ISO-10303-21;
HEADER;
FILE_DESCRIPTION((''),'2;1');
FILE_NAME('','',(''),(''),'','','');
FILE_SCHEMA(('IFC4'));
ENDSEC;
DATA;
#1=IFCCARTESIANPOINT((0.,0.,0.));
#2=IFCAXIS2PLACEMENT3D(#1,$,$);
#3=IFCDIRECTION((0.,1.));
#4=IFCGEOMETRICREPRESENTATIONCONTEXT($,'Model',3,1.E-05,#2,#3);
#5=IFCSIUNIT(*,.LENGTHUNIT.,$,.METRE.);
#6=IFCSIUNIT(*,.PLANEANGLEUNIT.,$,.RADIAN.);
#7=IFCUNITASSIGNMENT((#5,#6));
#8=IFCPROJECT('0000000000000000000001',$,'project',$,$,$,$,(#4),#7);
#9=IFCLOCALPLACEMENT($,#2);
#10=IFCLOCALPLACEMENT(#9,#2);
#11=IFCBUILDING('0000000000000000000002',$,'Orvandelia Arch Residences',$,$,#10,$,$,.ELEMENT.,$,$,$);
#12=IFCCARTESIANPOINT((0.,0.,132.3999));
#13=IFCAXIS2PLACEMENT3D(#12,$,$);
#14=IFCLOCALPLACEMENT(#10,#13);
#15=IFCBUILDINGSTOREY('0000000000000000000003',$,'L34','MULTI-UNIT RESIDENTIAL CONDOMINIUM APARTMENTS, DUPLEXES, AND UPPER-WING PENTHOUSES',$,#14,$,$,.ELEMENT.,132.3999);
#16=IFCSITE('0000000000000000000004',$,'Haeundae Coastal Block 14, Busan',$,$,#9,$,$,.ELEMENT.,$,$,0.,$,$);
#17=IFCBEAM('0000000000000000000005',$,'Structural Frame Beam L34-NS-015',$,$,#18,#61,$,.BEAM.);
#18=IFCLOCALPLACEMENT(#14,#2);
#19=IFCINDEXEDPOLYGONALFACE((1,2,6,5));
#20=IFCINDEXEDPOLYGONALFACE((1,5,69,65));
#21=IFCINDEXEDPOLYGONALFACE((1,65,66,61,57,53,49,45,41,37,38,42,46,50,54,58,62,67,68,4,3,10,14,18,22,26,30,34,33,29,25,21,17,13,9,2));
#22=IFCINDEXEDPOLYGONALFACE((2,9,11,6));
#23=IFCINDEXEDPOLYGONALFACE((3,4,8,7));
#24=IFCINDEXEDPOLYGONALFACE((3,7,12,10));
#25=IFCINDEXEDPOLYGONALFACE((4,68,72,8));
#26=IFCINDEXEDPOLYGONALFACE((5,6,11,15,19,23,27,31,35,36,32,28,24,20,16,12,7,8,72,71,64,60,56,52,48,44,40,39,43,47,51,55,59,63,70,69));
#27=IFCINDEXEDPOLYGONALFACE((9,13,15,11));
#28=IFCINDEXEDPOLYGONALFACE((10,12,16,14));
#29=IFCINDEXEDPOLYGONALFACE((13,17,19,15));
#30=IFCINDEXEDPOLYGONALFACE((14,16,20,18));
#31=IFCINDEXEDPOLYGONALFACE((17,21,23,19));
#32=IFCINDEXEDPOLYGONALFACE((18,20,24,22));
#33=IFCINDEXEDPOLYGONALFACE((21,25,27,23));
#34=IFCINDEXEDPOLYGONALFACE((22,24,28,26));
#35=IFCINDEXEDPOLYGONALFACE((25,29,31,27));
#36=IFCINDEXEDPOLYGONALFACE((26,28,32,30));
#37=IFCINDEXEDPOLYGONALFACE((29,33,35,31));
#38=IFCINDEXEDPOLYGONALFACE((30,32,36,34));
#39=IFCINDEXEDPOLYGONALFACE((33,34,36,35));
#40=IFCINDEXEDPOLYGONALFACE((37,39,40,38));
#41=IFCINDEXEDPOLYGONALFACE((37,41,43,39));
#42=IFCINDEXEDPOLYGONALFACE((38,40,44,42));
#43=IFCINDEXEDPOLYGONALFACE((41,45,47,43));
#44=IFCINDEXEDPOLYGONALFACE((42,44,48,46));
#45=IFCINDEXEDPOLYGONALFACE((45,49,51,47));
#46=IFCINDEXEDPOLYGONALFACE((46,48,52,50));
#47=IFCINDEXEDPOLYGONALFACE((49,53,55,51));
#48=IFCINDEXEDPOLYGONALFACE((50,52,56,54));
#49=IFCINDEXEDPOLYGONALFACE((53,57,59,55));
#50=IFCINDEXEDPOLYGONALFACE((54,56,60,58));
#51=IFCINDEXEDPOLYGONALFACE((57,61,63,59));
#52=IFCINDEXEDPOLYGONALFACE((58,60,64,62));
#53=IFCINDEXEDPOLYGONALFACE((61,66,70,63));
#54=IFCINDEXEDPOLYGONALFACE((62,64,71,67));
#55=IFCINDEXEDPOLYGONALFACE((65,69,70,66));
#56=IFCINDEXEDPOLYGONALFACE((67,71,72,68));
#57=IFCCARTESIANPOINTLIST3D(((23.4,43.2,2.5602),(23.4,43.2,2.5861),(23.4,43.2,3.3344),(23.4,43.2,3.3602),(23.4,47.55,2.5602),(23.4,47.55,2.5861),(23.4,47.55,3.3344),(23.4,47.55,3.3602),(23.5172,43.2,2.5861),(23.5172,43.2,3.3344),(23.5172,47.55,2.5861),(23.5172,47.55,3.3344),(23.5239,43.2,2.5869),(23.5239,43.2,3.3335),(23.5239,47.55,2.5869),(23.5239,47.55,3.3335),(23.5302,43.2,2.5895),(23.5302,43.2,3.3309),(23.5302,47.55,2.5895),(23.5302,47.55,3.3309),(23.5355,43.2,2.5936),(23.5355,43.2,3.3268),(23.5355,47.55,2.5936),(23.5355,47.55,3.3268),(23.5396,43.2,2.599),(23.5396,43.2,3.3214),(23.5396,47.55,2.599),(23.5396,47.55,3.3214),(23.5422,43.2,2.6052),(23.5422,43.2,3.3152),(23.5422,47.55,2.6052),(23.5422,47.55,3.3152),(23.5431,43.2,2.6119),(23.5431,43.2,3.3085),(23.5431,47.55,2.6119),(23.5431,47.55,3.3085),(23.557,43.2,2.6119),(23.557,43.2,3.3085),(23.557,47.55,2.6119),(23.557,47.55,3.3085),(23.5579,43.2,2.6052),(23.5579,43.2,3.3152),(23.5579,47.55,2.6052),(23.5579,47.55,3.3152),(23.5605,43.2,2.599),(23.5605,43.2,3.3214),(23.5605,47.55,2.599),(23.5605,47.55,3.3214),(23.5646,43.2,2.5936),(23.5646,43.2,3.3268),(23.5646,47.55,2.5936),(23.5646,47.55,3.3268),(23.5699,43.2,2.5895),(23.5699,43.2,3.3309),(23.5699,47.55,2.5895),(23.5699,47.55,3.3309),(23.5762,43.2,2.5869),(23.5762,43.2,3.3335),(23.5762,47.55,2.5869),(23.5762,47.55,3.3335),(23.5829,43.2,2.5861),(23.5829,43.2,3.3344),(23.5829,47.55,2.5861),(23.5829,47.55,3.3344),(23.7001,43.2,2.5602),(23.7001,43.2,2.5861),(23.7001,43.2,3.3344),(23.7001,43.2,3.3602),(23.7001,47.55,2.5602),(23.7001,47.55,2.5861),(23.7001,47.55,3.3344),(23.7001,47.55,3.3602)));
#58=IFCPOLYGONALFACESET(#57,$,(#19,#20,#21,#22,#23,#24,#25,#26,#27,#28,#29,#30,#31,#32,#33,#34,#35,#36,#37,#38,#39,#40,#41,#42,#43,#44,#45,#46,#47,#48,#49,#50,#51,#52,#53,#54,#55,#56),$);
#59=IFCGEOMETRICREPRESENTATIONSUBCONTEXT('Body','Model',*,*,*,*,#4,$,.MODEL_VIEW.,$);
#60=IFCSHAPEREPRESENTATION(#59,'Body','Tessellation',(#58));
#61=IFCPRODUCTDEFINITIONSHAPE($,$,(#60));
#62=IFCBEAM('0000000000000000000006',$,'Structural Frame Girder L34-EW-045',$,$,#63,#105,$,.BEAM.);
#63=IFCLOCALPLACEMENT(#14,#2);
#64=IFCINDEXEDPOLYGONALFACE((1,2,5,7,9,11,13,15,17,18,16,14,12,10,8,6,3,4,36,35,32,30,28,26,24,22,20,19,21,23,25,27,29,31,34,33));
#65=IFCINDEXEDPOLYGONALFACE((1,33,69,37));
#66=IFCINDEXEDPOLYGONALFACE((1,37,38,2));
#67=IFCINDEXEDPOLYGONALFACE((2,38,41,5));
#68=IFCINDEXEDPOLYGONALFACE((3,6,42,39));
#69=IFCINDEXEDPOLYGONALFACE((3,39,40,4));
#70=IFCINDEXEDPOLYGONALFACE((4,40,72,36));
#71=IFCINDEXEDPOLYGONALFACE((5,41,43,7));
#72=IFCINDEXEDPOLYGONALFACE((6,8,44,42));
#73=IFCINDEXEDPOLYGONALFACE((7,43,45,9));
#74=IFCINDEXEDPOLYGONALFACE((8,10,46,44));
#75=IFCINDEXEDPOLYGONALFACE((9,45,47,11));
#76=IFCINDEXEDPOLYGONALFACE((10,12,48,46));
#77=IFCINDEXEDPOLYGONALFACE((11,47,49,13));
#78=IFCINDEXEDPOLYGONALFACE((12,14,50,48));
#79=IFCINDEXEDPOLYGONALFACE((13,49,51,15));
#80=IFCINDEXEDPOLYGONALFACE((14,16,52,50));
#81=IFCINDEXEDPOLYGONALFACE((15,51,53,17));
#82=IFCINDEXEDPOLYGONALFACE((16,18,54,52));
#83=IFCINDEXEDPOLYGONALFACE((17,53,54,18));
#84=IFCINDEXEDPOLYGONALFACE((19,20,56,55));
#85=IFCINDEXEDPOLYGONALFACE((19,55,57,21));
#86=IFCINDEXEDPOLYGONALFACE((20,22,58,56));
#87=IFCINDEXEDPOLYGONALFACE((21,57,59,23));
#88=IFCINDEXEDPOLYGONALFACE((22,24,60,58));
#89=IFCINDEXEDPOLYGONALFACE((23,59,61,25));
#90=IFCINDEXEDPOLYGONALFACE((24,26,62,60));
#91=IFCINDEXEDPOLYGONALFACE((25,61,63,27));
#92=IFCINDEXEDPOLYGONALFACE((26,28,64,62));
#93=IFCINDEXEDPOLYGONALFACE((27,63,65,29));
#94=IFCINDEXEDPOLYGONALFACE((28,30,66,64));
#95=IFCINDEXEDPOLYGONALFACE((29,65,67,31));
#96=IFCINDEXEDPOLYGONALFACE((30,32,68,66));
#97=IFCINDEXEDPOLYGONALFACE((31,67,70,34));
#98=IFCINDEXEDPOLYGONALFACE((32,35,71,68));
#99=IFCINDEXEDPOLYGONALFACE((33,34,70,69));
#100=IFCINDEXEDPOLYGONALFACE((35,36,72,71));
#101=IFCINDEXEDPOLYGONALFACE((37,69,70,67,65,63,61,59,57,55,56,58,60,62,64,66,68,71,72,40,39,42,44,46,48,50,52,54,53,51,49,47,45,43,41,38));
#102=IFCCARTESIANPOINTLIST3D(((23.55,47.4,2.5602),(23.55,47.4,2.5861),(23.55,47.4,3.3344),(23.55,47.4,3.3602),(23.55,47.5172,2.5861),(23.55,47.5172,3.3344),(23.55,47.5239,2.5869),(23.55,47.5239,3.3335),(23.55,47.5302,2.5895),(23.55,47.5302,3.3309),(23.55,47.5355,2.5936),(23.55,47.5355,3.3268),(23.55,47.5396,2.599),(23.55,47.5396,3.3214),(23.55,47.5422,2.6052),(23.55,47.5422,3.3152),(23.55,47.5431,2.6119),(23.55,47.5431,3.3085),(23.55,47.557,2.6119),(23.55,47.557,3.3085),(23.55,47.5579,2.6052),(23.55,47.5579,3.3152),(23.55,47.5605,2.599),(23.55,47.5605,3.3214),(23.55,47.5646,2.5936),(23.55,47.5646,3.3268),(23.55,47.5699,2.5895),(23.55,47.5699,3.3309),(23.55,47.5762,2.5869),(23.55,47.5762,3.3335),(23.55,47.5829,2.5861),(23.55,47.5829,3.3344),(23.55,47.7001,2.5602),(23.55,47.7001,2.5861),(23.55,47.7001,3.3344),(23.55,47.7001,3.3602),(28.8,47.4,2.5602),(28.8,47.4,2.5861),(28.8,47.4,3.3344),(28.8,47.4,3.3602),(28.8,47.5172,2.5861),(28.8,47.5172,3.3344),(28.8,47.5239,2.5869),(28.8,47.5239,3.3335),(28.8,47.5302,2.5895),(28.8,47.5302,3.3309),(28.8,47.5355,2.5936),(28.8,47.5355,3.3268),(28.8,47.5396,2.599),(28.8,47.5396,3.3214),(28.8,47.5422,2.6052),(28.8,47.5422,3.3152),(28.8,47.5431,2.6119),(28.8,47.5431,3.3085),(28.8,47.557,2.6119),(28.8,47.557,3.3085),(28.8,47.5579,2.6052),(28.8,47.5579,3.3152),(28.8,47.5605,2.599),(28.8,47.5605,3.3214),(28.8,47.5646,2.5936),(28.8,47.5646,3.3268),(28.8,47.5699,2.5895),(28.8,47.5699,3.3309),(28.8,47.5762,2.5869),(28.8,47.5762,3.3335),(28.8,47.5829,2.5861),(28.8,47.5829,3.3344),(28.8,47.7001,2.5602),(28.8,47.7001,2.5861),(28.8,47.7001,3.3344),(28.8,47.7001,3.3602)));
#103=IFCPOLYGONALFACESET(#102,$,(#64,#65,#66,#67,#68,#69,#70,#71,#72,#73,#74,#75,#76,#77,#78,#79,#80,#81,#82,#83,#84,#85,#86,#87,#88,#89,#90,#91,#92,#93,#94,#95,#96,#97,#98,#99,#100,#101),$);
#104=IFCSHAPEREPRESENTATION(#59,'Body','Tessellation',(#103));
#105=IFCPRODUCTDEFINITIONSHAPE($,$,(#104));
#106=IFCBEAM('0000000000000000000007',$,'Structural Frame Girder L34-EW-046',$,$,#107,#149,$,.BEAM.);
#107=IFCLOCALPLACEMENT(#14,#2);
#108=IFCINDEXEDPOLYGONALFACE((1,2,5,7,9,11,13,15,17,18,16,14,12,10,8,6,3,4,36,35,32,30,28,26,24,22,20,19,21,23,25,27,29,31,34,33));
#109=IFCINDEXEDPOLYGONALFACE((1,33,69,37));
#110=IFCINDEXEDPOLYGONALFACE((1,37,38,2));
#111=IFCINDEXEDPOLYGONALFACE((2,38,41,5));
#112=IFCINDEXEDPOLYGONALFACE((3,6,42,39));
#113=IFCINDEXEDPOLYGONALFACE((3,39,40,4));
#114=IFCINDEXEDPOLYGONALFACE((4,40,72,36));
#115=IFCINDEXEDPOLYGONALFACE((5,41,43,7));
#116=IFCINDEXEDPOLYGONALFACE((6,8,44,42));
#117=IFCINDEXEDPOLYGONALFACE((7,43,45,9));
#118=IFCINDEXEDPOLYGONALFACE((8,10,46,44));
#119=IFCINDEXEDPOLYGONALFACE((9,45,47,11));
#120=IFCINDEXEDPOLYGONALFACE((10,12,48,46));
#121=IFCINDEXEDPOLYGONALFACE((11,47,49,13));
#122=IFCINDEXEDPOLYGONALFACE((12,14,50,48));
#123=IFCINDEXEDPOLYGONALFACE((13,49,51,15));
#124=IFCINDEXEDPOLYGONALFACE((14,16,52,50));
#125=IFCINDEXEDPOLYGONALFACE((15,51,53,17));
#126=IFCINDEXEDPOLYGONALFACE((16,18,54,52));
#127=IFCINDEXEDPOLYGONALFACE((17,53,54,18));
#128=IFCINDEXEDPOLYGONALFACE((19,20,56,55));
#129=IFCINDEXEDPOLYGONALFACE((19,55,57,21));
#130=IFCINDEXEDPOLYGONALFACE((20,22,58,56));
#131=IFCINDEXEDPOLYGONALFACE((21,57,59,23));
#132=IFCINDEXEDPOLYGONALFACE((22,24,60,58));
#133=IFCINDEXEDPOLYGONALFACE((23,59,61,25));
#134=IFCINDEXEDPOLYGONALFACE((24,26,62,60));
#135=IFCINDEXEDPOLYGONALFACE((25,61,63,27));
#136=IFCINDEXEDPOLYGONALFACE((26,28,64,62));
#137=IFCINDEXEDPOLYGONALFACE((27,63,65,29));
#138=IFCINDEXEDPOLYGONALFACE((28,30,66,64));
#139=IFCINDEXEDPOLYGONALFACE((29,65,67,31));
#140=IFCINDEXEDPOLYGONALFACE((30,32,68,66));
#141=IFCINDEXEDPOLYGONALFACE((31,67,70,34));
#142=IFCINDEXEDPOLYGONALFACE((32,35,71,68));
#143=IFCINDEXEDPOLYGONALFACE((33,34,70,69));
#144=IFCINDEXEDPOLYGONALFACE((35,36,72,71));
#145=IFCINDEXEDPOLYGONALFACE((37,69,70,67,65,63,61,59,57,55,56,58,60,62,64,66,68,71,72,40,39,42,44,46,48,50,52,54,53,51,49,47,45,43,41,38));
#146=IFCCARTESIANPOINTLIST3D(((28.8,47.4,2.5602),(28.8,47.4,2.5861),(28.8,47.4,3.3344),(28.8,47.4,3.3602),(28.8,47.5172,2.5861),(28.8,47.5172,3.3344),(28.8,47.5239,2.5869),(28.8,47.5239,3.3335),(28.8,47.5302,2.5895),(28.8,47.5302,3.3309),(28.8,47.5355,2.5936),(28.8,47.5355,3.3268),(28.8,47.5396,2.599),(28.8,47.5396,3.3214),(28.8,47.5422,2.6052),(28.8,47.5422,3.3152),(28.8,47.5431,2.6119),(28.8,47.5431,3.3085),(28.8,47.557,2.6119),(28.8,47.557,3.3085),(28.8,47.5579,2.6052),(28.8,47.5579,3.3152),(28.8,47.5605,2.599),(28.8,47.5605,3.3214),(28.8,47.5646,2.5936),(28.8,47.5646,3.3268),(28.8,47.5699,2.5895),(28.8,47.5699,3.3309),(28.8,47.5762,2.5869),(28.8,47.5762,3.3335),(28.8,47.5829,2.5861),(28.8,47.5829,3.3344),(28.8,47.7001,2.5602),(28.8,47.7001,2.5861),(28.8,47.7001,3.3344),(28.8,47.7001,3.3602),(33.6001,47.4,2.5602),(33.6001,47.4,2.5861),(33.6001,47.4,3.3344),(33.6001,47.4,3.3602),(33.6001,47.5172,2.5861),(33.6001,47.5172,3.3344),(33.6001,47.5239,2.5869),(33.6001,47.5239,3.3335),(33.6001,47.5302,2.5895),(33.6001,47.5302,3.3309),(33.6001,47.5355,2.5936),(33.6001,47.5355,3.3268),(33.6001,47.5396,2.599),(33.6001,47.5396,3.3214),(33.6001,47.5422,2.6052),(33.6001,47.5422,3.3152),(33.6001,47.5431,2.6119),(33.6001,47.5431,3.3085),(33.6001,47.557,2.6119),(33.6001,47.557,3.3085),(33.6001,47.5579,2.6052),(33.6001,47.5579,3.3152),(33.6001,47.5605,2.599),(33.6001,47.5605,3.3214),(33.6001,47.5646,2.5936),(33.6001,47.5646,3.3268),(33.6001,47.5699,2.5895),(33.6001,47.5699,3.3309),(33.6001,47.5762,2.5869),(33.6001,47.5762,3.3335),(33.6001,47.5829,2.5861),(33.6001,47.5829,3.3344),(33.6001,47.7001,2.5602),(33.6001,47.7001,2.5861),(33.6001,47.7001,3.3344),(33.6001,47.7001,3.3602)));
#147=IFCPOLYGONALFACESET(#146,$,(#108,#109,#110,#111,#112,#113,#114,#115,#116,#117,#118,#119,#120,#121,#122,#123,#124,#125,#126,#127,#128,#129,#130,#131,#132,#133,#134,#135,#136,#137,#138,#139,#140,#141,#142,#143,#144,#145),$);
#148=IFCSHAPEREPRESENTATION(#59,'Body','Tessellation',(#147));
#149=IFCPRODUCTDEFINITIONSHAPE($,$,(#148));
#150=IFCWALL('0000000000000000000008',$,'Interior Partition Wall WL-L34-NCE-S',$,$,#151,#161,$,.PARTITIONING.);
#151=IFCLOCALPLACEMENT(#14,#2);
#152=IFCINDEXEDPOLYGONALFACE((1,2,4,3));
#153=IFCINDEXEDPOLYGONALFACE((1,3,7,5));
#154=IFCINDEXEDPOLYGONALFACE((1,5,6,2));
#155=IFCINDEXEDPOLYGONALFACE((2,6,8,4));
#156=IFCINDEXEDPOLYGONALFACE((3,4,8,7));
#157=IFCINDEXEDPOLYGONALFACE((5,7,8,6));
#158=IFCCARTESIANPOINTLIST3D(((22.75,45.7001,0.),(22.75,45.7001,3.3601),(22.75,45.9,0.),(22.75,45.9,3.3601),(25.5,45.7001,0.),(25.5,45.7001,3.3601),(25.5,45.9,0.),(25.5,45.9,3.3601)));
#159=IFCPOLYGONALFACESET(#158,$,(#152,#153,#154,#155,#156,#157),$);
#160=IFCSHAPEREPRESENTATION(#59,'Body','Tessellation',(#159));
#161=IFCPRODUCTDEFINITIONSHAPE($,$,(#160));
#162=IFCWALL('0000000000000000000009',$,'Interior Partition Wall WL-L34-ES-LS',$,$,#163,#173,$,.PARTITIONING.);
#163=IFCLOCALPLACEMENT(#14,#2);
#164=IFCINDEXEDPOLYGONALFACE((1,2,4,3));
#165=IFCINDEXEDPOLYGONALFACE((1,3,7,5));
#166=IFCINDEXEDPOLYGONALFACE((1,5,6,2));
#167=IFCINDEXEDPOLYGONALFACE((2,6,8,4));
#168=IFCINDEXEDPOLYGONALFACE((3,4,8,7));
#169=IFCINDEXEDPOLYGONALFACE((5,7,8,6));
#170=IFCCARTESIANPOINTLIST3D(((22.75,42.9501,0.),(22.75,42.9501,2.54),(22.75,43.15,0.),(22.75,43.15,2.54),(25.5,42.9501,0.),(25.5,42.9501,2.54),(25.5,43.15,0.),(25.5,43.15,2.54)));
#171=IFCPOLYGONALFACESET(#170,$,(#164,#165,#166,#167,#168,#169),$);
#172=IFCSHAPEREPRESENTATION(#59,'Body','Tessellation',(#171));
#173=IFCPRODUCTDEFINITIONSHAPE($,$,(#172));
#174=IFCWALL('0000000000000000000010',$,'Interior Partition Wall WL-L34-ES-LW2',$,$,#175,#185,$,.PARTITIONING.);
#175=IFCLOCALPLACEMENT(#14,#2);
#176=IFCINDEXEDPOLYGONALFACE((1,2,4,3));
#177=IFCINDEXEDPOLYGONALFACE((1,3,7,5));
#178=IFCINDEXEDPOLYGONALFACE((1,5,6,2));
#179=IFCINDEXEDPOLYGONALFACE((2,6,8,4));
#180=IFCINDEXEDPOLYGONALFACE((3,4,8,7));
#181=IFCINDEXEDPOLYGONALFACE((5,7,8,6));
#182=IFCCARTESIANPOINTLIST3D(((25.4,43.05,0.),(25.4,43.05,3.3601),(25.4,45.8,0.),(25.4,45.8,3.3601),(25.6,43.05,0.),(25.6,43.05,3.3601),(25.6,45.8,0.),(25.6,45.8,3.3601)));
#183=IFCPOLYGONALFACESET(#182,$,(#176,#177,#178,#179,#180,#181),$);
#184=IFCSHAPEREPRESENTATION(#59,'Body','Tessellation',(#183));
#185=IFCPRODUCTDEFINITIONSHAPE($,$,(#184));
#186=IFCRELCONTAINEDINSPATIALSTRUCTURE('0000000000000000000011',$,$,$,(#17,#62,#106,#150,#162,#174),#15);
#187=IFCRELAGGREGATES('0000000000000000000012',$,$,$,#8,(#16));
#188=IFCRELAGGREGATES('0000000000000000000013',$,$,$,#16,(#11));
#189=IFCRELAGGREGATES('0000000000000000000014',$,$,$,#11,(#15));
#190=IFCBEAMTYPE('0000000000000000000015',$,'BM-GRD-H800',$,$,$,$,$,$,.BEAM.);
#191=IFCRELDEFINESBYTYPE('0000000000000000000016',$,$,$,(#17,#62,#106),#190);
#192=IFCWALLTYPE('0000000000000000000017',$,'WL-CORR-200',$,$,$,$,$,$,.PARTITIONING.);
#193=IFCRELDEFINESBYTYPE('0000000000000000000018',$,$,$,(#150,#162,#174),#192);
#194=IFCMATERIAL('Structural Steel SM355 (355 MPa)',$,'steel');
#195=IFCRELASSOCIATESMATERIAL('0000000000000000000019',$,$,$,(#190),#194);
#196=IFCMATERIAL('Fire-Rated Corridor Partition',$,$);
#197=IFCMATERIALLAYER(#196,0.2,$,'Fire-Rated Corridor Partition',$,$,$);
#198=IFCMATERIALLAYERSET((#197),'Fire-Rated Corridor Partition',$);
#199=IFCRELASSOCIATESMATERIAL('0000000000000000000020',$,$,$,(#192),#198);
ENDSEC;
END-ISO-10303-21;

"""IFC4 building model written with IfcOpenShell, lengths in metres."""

from ifc_helpers import new_model, si_unit, direction, frame, frame_2d, origin, origin_2d, place, context, subcontext, project, spatial, rectangle, i_section, extrude, material, layer, layer_set, material_profile, profile_set, type_object, element, save


model = new_model("IFC4")

# Units and contexts
model_context = context("Model", 3, precision=1e-05, world=origin(), true_north=direction((0.0, 1.0)))
body_context = subcontext(model_context, "Body", "Model", "MODEL_VIEW")
ifc_project = project(units=[si_unit("LENGTHUNIT", "METRE"), si_unit("PLANEANGLEUNIT", "RADIAN")], contexts=[model_context])

# Site, building, storey
site_placement = place(None, origin())
site = spatial("IfcSite", under=ifc_project, at=site_placement, Name="Haeundae Coastal Block 14, Busan", CompositionType="ELEMENT", RefElevation=0.0)
building_placement = place(site_placement, origin())
building = spatial("IfcBuilding", under=site, at=building_placement, Name="Orvandelia Arch Residences", CompositionType="ELEMENT")
storey_placement = place(building_placement, frame((0.0, 0.0, 132.3999)))
storey = spatial("IfcBuildingStorey", under=building, at=storey_placement, Name="L34", Description="MULTI-UNIT RESIDENTIAL CONDOMINIUM APARTMENTS, DUPLEXES, AND UPPER-WING PENTHOUSES", CompositionType="ELEMENT", Elevation=132.3999)

# Beams
ifc_material_1 = material(Name="Structural Steel SM355 (355 MPa)", Category="steel")
ifc_material_profile_1 = material_profile(ifc_material_1, i_section(OverallWidth=0.3, OverallDepth=0.8, WebThickness=0.0139, FlangeThickness=0.0259, FilletRadius=0.0259, at=origin_2d()), Name="Structural Steel SM355 (355 MPa)", Category="steel")
ifc_profile_set_1 = profile_set([ifc_material_profile_1], Name="Structural Steel SM355 (355 MPa)")
beam_type = type_object("IfcBeamType", Name="BM-GRD-H800", PredefinedType="BEAM", material=ifc_profile_set_1)
beam_1_placement = place(storey_placement, frame((23.55, 43.2, 2.9602), z_axis=(0.0, 1.0, 0.0), x_axis=(-1.0, 0.0, 0.0)))
element("IfcBeam", 1, at=beam_1_placement, inside=storey, type_object=beam_type, Name="Structural Frame Beam L34-NS-015", PredefinedType="BEAM", context=body_context, shape_type="SweptSolid", body=[
    extrude(i_section(OverallWidth=0.3, OverallDepth=0.8, WebThickness=0.0139, FlangeThickness=0.0259, FilletRadius=0.0259, at=origin_2d()), origin(), (0.0, 0.0, 1.0), 4.3501),
])
beam_2_placement = place(storey_placement, frame((23.55, 47.55, 2.9602), z_axis=(1.0, 0.0, 0.0), x_axis=(0.0, 1.0, 0.0)))
element("IfcBeam", 2, at=beam_2_placement, inside=storey, type_object=beam_type, Name="Structural Frame Girder L34-EW-045", PredefinedType="BEAM", context=body_context, shape_type="SweptSolid", body=[
    extrude(i_section(OverallWidth=0.3, OverallDepth=0.8, WebThickness=0.0139, FlangeThickness=0.0259, FilletRadius=0.0259, at=origin_2d()), origin(), (0.0, 0.0, 1.0), 5.25),
])
beam_3_placement = place(storey_placement, frame((28.8, 47.55, 2.9602), z_axis=(1.0, 0.0, 0.0), x_axis=(0.0, 1.0, 0.0)))
element("IfcBeam", 3, at=beam_3_placement, inside=storey, type_object=beam_type, Name="Structural Frame Girder L34-EW-046", PredefinedType="BEAM", context=body_context, shape_type="SweptSolid", body=[
    extrude(i_section(OverallWidth=0.3, OverallDepth=0.8, WebThickness=0.0139, FlangeThickness=0.0259, FilletRadius=0.0259, at=origin_2d()), origin(), (0.0, 0.0, 1.0), 4.8),
])

# Walls
ifc_material_2 = material(Name="Fire-Rated Corridor Partition")
ifc_layer_1 = layer(ifc_material_2, 0.2, Name="Fire-Rated Corridor Partition")
ifc_layer_set_1 = layer_set([ifc_layer_1], Name="Fire-Rated Corridor Partition")
wall_type_1 = type_object("IfcWallType", Name="WL-CORR-200", PredefinedType="PARTITIONING", material=ifc_layer_set_1)
wall_1_placement = place(storey_placement, frame((22.75, 45.8, 0.0), z_axis=(0.0, 0.0, 1.0), x_axis=(1.0, 0.0, 0.0)))
element("IfcWall", 4, at=wall_1_placement, inside=storey, type_object=wall_type_1, Name="Interior Partition Wall WL-L34-NCE-S", PredefinedType="PARTITIONING", context=body_context, shape_type="SweptSolid", body=[
    extrude(rectangle(XDim=2.75, YDim=0.2, at=frame_2d((1.375, 0.0))), origin(), (0.0, 0.0, 1.0), 3.3601),
])
wall_2_placement = place(storey_placement, frame((22.75, 43.05, 0.0), z_axis=(0.0, 0.0, 1.0), x_axis=(1.0, 0.0, 0.0)))
element("IfcWall", 5, at=wall_2_placement, inside=storey, type_object=wall_type_1, Name="Interior Partition Wall WL-L34-ES-LS", PredefinedType="PARTITIONING", context=body_context, shape_type="SweptSolid", body=[
    extrude(rectangle(XDim=2.75, YDim=0.2, at=frame_2d((1.375, 0.0))), origin(), (0.0, 0.0, 1.0), 2.54),
])
wall_3_placement = place(storey_placement, frame((25.5, 43.05, 0.0), z_axis=(0.0, 0.0, 1.0), x_axis=(0.0, 1.0, 0.0)))
element("IfcWall", 6, at=wall_3_placement, inside=storey, type_object=wall_type_1, Name="Interior Partition Wall WL-L34-ES-LW2", PredefinedType="PARTITIONING", context=body_context, shape_type="SweptSolid", body=[
    extrude(rectangle(XDim=2.75, YDim=0.2, at=frame_2d((1.375, 0.0))), origin(), (0.0, 0.0, 1.0), 3.3601),
])

save(model, "model.ifc")
